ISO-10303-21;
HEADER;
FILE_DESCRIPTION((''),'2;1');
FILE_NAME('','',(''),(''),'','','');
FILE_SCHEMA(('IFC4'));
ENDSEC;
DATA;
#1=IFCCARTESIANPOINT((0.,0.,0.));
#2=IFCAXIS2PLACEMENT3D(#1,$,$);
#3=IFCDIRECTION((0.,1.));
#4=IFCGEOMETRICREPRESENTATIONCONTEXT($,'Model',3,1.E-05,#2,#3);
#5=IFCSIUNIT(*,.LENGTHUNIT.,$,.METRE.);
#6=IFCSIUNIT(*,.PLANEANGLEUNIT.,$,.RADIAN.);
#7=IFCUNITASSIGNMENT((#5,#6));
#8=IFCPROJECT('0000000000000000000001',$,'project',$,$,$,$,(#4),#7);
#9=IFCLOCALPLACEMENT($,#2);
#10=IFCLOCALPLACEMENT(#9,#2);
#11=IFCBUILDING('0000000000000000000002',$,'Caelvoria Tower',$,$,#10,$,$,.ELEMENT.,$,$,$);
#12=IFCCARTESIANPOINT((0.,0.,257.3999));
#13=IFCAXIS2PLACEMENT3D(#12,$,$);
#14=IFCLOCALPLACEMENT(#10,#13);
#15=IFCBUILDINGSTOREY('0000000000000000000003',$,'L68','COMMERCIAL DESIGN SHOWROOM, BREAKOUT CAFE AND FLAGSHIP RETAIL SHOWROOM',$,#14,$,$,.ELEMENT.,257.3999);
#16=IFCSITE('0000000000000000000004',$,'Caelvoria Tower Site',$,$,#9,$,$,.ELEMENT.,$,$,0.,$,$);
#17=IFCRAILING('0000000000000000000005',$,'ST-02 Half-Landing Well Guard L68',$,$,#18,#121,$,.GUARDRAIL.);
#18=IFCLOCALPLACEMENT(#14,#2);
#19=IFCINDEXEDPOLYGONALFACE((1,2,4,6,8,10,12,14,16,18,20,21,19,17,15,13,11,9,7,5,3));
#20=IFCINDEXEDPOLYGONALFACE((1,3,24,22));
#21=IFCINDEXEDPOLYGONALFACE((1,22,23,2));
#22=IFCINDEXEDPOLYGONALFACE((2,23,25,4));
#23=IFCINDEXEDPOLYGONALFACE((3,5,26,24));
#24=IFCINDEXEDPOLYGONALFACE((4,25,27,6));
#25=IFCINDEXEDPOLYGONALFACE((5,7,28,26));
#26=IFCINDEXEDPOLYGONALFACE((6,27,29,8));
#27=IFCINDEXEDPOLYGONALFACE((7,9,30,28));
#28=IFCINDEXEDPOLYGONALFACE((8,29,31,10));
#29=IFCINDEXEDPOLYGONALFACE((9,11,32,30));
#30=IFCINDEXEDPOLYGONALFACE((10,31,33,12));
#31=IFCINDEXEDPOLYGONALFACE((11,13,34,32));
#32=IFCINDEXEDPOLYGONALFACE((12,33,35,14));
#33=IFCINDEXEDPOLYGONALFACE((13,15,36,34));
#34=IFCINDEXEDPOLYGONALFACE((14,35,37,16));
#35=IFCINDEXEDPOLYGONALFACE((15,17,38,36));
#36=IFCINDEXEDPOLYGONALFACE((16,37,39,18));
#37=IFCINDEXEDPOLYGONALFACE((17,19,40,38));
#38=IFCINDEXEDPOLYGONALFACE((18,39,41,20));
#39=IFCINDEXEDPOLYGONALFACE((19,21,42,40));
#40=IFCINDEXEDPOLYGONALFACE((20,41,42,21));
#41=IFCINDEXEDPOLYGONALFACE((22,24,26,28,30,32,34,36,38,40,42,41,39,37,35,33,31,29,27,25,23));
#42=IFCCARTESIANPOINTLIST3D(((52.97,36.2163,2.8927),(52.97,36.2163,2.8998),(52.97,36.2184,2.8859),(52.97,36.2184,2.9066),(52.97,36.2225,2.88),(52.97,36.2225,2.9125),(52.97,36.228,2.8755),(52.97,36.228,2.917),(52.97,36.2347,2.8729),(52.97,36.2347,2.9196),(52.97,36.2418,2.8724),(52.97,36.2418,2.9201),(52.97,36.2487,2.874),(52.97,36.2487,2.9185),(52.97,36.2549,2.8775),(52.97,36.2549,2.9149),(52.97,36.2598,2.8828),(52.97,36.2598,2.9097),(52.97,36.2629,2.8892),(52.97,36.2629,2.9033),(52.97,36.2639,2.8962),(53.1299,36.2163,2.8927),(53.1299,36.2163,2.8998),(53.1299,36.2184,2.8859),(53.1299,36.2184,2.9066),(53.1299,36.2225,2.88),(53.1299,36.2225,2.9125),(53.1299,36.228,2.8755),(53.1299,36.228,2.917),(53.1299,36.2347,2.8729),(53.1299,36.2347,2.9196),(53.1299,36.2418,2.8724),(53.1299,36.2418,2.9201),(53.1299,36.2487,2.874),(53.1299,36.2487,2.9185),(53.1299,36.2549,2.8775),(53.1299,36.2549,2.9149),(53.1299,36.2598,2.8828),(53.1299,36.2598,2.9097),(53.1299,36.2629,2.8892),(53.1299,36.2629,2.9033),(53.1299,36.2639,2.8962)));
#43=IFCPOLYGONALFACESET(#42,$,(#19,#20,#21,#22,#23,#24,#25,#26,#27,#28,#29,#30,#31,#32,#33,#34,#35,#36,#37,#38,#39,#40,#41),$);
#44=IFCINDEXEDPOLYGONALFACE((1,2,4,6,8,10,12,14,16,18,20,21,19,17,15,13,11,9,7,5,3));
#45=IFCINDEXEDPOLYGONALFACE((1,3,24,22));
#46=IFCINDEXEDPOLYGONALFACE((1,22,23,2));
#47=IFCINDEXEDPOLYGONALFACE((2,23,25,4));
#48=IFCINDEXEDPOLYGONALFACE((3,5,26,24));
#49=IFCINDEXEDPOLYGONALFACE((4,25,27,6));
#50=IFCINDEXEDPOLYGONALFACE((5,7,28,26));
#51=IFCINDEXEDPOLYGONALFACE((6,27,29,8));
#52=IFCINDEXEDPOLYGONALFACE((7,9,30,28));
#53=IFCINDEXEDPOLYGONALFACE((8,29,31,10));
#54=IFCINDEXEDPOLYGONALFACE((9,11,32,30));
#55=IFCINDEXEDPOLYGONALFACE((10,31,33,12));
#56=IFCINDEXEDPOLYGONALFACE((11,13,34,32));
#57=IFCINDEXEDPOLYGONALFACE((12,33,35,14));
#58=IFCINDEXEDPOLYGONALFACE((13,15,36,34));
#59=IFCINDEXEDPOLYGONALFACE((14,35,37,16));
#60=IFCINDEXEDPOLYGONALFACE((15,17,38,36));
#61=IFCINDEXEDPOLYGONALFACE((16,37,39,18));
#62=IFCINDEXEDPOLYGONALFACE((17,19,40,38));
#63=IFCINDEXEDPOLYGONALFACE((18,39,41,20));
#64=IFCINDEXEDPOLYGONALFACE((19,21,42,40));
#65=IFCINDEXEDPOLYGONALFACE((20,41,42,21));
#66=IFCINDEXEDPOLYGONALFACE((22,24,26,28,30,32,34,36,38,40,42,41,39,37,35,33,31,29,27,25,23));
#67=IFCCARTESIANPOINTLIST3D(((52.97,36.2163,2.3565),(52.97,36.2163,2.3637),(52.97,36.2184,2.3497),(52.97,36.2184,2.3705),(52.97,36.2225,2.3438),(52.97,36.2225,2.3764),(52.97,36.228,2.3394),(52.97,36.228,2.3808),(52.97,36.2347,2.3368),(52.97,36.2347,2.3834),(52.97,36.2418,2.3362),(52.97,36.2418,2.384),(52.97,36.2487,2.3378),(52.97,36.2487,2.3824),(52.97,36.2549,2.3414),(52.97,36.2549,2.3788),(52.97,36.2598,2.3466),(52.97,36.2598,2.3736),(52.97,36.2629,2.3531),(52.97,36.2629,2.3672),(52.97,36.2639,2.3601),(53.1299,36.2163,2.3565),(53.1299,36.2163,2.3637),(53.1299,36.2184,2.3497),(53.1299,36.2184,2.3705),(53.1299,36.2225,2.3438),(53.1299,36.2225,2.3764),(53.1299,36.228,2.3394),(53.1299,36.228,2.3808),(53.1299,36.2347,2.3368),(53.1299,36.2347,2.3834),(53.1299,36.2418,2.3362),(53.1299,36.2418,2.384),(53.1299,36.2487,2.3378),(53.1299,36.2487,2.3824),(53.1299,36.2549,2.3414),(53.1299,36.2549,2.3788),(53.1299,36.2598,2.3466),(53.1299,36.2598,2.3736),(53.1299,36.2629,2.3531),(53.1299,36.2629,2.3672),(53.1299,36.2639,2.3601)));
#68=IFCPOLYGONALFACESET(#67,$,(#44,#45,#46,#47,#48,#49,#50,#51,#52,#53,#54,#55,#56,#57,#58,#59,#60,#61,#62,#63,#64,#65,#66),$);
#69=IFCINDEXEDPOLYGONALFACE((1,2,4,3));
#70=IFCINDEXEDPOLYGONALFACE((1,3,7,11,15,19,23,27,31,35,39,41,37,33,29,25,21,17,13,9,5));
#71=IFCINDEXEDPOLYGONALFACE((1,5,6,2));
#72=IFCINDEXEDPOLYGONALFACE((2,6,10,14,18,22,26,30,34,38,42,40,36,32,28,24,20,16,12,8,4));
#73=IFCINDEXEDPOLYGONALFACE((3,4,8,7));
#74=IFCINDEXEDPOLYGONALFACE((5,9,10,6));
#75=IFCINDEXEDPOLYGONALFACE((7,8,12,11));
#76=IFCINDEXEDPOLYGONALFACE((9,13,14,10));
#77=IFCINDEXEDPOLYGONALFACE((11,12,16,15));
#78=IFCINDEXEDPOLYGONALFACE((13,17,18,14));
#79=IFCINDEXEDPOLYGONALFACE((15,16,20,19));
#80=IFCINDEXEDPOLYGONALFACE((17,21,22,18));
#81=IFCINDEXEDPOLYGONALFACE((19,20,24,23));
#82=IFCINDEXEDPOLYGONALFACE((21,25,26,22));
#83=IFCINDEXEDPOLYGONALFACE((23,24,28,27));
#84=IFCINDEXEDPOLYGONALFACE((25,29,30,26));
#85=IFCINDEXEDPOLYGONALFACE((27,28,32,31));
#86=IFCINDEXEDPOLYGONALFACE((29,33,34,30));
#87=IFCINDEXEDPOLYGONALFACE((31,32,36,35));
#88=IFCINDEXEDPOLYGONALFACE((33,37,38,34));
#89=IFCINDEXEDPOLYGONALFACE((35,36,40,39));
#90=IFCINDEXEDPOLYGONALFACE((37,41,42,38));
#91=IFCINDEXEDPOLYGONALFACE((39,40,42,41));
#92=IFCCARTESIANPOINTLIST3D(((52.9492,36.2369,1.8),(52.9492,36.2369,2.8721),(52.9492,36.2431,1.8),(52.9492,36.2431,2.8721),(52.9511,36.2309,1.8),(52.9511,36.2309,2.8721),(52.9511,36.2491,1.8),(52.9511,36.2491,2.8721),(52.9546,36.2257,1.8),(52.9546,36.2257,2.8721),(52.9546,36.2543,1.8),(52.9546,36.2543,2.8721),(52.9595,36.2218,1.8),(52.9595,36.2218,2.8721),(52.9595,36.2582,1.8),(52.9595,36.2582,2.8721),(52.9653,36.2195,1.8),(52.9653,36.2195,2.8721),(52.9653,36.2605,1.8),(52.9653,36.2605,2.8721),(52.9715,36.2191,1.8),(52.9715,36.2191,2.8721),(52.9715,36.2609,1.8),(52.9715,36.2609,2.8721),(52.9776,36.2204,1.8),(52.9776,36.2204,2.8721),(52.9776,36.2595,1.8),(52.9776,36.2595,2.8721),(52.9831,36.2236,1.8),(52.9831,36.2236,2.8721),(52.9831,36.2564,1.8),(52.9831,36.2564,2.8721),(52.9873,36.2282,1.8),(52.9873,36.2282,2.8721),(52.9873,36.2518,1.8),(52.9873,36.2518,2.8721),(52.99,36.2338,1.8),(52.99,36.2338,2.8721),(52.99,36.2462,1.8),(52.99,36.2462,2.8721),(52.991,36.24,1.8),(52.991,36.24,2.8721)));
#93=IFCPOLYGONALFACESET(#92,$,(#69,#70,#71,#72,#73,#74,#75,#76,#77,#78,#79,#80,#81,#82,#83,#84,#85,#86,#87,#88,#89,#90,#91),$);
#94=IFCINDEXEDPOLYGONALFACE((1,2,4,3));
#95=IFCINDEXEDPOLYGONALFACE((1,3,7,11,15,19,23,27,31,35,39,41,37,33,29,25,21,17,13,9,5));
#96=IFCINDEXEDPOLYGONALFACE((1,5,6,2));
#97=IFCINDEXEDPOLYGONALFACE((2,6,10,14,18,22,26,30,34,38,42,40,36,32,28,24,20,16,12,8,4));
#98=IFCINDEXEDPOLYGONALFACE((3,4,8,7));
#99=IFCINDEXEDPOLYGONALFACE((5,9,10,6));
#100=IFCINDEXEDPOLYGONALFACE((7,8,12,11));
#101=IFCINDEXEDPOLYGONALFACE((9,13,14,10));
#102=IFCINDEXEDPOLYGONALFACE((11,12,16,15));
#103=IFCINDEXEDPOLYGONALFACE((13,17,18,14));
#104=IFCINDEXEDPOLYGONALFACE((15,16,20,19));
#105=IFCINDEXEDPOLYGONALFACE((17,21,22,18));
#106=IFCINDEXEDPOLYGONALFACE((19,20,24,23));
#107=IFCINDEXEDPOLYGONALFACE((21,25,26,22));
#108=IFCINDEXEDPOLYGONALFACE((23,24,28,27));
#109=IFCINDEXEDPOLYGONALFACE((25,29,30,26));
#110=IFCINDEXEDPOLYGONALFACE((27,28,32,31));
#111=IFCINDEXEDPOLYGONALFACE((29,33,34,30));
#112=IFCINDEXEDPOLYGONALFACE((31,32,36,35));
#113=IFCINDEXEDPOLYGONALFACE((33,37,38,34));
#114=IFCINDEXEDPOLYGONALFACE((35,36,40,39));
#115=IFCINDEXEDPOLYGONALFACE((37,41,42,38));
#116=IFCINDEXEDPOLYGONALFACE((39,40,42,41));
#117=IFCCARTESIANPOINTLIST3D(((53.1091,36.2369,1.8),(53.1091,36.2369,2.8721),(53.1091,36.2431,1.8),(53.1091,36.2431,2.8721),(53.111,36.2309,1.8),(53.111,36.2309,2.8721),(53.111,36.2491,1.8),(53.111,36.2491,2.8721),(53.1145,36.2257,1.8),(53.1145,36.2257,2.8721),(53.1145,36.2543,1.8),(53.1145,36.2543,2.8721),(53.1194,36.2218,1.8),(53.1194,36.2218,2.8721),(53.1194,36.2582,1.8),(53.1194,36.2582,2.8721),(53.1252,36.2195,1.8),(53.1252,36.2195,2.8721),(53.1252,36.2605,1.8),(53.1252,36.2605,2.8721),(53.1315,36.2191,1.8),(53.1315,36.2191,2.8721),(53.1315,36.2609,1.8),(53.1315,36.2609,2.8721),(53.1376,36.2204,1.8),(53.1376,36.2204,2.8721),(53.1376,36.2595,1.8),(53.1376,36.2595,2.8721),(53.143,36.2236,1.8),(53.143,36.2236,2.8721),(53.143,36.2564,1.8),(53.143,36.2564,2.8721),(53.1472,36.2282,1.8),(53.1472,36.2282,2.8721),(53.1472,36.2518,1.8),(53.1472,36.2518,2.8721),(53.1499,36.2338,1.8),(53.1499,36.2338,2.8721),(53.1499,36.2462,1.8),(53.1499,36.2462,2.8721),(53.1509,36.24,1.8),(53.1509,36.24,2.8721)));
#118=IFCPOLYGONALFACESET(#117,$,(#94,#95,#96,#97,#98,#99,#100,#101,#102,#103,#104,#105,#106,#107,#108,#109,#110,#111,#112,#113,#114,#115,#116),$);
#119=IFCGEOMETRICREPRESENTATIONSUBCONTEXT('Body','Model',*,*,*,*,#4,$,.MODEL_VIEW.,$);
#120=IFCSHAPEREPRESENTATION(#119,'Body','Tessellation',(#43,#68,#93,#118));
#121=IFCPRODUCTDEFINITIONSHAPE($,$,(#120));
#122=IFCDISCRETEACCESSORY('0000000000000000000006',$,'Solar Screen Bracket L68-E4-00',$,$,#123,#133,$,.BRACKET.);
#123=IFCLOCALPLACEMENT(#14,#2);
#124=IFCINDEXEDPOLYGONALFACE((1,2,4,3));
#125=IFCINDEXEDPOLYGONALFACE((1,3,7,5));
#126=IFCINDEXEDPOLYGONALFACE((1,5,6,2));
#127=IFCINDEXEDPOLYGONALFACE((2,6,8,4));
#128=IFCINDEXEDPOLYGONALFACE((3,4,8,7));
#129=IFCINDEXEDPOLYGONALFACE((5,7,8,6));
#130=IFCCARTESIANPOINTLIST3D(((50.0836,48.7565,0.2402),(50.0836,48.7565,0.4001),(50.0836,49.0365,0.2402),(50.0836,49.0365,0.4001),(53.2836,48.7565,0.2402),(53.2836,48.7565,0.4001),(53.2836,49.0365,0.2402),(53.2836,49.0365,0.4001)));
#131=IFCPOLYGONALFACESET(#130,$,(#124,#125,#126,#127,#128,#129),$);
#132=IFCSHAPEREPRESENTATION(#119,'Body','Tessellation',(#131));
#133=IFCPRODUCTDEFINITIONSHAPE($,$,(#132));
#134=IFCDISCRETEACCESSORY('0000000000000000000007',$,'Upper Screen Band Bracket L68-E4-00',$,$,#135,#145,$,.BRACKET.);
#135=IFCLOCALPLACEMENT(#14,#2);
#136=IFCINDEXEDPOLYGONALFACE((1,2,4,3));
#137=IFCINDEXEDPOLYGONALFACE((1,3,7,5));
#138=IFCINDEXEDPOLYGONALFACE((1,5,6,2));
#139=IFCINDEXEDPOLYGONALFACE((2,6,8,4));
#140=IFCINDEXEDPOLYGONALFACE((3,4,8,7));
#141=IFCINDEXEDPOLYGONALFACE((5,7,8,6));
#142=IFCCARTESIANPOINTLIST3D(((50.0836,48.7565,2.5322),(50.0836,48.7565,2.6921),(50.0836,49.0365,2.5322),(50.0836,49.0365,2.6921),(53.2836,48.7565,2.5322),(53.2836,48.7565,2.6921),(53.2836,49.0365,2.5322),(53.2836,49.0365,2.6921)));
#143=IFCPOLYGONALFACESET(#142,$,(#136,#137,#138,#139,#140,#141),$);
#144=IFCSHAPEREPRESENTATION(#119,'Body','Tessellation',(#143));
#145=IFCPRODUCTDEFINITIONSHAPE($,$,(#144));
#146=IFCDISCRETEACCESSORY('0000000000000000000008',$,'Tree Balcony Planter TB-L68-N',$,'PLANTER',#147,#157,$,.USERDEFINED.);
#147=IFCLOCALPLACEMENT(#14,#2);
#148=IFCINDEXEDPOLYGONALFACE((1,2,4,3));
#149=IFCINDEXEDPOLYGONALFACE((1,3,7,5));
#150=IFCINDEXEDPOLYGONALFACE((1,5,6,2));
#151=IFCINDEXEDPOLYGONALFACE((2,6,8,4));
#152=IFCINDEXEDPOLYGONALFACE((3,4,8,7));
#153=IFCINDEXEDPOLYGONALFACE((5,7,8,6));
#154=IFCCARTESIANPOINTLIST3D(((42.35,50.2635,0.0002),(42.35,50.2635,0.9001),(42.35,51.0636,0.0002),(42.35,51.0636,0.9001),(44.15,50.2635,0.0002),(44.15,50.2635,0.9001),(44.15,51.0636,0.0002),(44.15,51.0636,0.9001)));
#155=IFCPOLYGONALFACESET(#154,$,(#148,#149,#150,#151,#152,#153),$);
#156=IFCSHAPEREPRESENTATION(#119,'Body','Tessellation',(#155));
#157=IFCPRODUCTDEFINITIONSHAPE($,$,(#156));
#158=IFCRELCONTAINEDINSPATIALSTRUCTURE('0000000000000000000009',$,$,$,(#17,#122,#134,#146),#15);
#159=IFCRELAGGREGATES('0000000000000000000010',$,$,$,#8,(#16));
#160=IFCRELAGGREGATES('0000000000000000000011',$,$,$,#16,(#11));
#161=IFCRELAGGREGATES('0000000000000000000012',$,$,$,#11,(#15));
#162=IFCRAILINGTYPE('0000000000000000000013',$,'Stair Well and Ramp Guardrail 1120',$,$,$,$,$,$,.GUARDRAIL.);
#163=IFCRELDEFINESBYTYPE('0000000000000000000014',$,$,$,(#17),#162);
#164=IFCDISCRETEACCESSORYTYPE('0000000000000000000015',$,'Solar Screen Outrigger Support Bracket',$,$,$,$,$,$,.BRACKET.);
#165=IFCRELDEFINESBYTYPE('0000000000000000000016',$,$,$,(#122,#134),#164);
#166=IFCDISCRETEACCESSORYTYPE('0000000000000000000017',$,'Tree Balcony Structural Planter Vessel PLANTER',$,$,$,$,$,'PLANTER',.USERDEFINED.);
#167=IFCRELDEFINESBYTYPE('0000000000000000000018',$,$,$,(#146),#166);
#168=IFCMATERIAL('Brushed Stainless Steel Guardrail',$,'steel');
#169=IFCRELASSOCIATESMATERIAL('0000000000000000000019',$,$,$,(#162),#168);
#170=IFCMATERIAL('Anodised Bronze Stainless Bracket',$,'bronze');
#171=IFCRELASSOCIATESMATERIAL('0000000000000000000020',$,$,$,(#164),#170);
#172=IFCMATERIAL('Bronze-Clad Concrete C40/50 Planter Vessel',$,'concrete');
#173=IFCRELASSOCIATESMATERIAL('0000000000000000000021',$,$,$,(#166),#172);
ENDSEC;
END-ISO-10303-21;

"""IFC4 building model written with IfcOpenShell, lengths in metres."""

from ifc_helpers import new_model, si_unit, direction, frame, origin, origin_2d, place, context, subcontext, project, spatial, rectangle, circle, extrude, material, type_object, element, save


model = new_model("IFC4")

# Units and contexts
model_context = context("Model", 3, precision=1e-05, world=origin(), true_north=direction((0.0, 1.0)))
body_context = subcontext(model_context, "Body", "Model", "MODEL_VIEW")
ifc_project = project(units=[si_unit("LENGTHUNIT", "METRE"), si_unit("PLANEANGLEUNIT", "RADIAN")], contexts=[model_context])

# Site, building, storey
site_placement = place(None, origin())
site = spatial("IfcSite", under=ifc_project, at=site_placement, Name="Caelvoria Tower Site", CompositionType="ELEMENT", RefElevation=0.0)
building_placement = place(site_placement, origin())
building = spatial("IfcBuilding", under=site, at=building_placement, Name="Caelvoria Tower", CompositionType="ELEMENT")
storey_placement = place(building_placement, frame((0.0, 0.0, 257.3999)))
storey = spatial("IfcBuildingStorey", under=building, at=storey_placement, Name="L68", Description="COMMERCIAL DESIGN SHOWROOM, BREAKOUT CAFE AND FLAGSHIP RETAIL SHOWROOM", CompositionType="ELEMENT", Elevation=257.3999)

# Railing
ifc_material_1 = material(Name="Brushed Stainless Steel Guardrail", Category="steel")
railing_type_1 = type_object("IfcRailingType", Name="Stair Well and Ramp Guardrail 1120", PredefinedType="GUARDRAIL", material=ifc_material_1)
railing_1_placement = place(storey_placement, frame((52.97, 36.24, 1.8)))
element("IfcRailing", 1, at=railing_1_placement, inside=storey, type_object=railing_type_1, Name="ST-02 Half-Landing Well Guard L68", PredefinedType="GUARDRAIL", context=body_context, shape_type="SweptSolid", body=[
    extrude(circle(Radius=0.0239, at=origin_2d()), frame((0.0, 0.0, 1.0962), z_axis=(1.0, 0.0, 0.0), x_axis=(0.0, 1.0, 0.0)), (0.0, 0.0, 1.0), 0.1599),
    extrude(circle(Radius=0.0239, at=origin_2d()), frame((0.0, 0.0, 0.5601), z_axis=(1.0, 0.0, 0.0), x_axis=(0.0, 1.0, 0.0)), (0.0, 0.0, 1.0), 0.1599),
    extrude(circle(Radius=0.021, at=origin_2d()), origin(), (0.0, 0.0, 1.0), 1.072),
    extrude(circle(Radius=0.021, at=origin_2d()), frame((0.1599, 0.0, 0.0)), (0.0, 0.0, 1.0), 1.072),
])

# Discrete accessories
ifc_material_2 = material(Name="Anodised Bronze Stainless Bracket", Category="bronze")
discrete_accessory_type_1 = type_object("IfcDiscreteAccessoryType", Name="Solar Screen Outrigger Support Bracket", PredefinedType="BRACKET", material=ifc_material_2)
for number, where, z_axis, x_axis, name in (
    (2, (51.6836, 48.8965, 0.2402), (0.0, 0.0, 1.0), (-1.0, 0.0, 0.0), "Solar Screen Bracket L68-E4-00"),
    (3, (51.6836, 48.8965, 2.5322), (0.0, 0.0, 1.0), (-1.0, 0.0, 0.0), "Upper Screen Band Bracket L68-E4-00"),
):
    element("IfcDiscreteAccessory", number, at=place(storey_placement, frame(where, z_axis=z_axis, x_axis=x_axis)), inside=storey, type_object=discrete_accessory_type_1, Name=name, PredefinedType="BRACKET", context=body_context, shape_type="SweptSolid", body=[
        extrude(rectangle(XDim=3.2, YDim=0.28, at=origin_2d()), origin(), (0.0, 0.0, 1.0), 0.1599),
    ])
ifc_material_3 = material(Name="Bronze-Clad Concrete C40/50 Planter Vessel", Category="concrete")
discrete_accessory_type_2 = type_object("IfcDiscreteAccessoryType", Name="Tree Balcony Structural Planter Vessel PLANTER", ElementType="PLANTER", PredefinedType="USERDEFINED", material=ifc_material_3)
discrete_accessory_placement = place(storey_placement, frame((43.25, 50.6636, 0.0002), z_axis=(0.0, 0.0, 1.0), x_axis=(1.0, 0.0, 0.0)))
element("IfcDiscreteAccessory", 4, at=discrete_accessory_placement, inside=storey, type_object=discrete_accessory_type_2, Name="Tree Balcony Planter TB-L68-N", ObjectType="PLANTER", PredefinedType="USERDEFINED", context=body_context, shape_type="SweptSolid", body=[
    extrude(rectangle(XDim=1.8, YDim=0.8, at=origin_2d()), origin(), (0.0, 0.0, 1.0), 0.8999),
])

save(model, "model.ifc")
